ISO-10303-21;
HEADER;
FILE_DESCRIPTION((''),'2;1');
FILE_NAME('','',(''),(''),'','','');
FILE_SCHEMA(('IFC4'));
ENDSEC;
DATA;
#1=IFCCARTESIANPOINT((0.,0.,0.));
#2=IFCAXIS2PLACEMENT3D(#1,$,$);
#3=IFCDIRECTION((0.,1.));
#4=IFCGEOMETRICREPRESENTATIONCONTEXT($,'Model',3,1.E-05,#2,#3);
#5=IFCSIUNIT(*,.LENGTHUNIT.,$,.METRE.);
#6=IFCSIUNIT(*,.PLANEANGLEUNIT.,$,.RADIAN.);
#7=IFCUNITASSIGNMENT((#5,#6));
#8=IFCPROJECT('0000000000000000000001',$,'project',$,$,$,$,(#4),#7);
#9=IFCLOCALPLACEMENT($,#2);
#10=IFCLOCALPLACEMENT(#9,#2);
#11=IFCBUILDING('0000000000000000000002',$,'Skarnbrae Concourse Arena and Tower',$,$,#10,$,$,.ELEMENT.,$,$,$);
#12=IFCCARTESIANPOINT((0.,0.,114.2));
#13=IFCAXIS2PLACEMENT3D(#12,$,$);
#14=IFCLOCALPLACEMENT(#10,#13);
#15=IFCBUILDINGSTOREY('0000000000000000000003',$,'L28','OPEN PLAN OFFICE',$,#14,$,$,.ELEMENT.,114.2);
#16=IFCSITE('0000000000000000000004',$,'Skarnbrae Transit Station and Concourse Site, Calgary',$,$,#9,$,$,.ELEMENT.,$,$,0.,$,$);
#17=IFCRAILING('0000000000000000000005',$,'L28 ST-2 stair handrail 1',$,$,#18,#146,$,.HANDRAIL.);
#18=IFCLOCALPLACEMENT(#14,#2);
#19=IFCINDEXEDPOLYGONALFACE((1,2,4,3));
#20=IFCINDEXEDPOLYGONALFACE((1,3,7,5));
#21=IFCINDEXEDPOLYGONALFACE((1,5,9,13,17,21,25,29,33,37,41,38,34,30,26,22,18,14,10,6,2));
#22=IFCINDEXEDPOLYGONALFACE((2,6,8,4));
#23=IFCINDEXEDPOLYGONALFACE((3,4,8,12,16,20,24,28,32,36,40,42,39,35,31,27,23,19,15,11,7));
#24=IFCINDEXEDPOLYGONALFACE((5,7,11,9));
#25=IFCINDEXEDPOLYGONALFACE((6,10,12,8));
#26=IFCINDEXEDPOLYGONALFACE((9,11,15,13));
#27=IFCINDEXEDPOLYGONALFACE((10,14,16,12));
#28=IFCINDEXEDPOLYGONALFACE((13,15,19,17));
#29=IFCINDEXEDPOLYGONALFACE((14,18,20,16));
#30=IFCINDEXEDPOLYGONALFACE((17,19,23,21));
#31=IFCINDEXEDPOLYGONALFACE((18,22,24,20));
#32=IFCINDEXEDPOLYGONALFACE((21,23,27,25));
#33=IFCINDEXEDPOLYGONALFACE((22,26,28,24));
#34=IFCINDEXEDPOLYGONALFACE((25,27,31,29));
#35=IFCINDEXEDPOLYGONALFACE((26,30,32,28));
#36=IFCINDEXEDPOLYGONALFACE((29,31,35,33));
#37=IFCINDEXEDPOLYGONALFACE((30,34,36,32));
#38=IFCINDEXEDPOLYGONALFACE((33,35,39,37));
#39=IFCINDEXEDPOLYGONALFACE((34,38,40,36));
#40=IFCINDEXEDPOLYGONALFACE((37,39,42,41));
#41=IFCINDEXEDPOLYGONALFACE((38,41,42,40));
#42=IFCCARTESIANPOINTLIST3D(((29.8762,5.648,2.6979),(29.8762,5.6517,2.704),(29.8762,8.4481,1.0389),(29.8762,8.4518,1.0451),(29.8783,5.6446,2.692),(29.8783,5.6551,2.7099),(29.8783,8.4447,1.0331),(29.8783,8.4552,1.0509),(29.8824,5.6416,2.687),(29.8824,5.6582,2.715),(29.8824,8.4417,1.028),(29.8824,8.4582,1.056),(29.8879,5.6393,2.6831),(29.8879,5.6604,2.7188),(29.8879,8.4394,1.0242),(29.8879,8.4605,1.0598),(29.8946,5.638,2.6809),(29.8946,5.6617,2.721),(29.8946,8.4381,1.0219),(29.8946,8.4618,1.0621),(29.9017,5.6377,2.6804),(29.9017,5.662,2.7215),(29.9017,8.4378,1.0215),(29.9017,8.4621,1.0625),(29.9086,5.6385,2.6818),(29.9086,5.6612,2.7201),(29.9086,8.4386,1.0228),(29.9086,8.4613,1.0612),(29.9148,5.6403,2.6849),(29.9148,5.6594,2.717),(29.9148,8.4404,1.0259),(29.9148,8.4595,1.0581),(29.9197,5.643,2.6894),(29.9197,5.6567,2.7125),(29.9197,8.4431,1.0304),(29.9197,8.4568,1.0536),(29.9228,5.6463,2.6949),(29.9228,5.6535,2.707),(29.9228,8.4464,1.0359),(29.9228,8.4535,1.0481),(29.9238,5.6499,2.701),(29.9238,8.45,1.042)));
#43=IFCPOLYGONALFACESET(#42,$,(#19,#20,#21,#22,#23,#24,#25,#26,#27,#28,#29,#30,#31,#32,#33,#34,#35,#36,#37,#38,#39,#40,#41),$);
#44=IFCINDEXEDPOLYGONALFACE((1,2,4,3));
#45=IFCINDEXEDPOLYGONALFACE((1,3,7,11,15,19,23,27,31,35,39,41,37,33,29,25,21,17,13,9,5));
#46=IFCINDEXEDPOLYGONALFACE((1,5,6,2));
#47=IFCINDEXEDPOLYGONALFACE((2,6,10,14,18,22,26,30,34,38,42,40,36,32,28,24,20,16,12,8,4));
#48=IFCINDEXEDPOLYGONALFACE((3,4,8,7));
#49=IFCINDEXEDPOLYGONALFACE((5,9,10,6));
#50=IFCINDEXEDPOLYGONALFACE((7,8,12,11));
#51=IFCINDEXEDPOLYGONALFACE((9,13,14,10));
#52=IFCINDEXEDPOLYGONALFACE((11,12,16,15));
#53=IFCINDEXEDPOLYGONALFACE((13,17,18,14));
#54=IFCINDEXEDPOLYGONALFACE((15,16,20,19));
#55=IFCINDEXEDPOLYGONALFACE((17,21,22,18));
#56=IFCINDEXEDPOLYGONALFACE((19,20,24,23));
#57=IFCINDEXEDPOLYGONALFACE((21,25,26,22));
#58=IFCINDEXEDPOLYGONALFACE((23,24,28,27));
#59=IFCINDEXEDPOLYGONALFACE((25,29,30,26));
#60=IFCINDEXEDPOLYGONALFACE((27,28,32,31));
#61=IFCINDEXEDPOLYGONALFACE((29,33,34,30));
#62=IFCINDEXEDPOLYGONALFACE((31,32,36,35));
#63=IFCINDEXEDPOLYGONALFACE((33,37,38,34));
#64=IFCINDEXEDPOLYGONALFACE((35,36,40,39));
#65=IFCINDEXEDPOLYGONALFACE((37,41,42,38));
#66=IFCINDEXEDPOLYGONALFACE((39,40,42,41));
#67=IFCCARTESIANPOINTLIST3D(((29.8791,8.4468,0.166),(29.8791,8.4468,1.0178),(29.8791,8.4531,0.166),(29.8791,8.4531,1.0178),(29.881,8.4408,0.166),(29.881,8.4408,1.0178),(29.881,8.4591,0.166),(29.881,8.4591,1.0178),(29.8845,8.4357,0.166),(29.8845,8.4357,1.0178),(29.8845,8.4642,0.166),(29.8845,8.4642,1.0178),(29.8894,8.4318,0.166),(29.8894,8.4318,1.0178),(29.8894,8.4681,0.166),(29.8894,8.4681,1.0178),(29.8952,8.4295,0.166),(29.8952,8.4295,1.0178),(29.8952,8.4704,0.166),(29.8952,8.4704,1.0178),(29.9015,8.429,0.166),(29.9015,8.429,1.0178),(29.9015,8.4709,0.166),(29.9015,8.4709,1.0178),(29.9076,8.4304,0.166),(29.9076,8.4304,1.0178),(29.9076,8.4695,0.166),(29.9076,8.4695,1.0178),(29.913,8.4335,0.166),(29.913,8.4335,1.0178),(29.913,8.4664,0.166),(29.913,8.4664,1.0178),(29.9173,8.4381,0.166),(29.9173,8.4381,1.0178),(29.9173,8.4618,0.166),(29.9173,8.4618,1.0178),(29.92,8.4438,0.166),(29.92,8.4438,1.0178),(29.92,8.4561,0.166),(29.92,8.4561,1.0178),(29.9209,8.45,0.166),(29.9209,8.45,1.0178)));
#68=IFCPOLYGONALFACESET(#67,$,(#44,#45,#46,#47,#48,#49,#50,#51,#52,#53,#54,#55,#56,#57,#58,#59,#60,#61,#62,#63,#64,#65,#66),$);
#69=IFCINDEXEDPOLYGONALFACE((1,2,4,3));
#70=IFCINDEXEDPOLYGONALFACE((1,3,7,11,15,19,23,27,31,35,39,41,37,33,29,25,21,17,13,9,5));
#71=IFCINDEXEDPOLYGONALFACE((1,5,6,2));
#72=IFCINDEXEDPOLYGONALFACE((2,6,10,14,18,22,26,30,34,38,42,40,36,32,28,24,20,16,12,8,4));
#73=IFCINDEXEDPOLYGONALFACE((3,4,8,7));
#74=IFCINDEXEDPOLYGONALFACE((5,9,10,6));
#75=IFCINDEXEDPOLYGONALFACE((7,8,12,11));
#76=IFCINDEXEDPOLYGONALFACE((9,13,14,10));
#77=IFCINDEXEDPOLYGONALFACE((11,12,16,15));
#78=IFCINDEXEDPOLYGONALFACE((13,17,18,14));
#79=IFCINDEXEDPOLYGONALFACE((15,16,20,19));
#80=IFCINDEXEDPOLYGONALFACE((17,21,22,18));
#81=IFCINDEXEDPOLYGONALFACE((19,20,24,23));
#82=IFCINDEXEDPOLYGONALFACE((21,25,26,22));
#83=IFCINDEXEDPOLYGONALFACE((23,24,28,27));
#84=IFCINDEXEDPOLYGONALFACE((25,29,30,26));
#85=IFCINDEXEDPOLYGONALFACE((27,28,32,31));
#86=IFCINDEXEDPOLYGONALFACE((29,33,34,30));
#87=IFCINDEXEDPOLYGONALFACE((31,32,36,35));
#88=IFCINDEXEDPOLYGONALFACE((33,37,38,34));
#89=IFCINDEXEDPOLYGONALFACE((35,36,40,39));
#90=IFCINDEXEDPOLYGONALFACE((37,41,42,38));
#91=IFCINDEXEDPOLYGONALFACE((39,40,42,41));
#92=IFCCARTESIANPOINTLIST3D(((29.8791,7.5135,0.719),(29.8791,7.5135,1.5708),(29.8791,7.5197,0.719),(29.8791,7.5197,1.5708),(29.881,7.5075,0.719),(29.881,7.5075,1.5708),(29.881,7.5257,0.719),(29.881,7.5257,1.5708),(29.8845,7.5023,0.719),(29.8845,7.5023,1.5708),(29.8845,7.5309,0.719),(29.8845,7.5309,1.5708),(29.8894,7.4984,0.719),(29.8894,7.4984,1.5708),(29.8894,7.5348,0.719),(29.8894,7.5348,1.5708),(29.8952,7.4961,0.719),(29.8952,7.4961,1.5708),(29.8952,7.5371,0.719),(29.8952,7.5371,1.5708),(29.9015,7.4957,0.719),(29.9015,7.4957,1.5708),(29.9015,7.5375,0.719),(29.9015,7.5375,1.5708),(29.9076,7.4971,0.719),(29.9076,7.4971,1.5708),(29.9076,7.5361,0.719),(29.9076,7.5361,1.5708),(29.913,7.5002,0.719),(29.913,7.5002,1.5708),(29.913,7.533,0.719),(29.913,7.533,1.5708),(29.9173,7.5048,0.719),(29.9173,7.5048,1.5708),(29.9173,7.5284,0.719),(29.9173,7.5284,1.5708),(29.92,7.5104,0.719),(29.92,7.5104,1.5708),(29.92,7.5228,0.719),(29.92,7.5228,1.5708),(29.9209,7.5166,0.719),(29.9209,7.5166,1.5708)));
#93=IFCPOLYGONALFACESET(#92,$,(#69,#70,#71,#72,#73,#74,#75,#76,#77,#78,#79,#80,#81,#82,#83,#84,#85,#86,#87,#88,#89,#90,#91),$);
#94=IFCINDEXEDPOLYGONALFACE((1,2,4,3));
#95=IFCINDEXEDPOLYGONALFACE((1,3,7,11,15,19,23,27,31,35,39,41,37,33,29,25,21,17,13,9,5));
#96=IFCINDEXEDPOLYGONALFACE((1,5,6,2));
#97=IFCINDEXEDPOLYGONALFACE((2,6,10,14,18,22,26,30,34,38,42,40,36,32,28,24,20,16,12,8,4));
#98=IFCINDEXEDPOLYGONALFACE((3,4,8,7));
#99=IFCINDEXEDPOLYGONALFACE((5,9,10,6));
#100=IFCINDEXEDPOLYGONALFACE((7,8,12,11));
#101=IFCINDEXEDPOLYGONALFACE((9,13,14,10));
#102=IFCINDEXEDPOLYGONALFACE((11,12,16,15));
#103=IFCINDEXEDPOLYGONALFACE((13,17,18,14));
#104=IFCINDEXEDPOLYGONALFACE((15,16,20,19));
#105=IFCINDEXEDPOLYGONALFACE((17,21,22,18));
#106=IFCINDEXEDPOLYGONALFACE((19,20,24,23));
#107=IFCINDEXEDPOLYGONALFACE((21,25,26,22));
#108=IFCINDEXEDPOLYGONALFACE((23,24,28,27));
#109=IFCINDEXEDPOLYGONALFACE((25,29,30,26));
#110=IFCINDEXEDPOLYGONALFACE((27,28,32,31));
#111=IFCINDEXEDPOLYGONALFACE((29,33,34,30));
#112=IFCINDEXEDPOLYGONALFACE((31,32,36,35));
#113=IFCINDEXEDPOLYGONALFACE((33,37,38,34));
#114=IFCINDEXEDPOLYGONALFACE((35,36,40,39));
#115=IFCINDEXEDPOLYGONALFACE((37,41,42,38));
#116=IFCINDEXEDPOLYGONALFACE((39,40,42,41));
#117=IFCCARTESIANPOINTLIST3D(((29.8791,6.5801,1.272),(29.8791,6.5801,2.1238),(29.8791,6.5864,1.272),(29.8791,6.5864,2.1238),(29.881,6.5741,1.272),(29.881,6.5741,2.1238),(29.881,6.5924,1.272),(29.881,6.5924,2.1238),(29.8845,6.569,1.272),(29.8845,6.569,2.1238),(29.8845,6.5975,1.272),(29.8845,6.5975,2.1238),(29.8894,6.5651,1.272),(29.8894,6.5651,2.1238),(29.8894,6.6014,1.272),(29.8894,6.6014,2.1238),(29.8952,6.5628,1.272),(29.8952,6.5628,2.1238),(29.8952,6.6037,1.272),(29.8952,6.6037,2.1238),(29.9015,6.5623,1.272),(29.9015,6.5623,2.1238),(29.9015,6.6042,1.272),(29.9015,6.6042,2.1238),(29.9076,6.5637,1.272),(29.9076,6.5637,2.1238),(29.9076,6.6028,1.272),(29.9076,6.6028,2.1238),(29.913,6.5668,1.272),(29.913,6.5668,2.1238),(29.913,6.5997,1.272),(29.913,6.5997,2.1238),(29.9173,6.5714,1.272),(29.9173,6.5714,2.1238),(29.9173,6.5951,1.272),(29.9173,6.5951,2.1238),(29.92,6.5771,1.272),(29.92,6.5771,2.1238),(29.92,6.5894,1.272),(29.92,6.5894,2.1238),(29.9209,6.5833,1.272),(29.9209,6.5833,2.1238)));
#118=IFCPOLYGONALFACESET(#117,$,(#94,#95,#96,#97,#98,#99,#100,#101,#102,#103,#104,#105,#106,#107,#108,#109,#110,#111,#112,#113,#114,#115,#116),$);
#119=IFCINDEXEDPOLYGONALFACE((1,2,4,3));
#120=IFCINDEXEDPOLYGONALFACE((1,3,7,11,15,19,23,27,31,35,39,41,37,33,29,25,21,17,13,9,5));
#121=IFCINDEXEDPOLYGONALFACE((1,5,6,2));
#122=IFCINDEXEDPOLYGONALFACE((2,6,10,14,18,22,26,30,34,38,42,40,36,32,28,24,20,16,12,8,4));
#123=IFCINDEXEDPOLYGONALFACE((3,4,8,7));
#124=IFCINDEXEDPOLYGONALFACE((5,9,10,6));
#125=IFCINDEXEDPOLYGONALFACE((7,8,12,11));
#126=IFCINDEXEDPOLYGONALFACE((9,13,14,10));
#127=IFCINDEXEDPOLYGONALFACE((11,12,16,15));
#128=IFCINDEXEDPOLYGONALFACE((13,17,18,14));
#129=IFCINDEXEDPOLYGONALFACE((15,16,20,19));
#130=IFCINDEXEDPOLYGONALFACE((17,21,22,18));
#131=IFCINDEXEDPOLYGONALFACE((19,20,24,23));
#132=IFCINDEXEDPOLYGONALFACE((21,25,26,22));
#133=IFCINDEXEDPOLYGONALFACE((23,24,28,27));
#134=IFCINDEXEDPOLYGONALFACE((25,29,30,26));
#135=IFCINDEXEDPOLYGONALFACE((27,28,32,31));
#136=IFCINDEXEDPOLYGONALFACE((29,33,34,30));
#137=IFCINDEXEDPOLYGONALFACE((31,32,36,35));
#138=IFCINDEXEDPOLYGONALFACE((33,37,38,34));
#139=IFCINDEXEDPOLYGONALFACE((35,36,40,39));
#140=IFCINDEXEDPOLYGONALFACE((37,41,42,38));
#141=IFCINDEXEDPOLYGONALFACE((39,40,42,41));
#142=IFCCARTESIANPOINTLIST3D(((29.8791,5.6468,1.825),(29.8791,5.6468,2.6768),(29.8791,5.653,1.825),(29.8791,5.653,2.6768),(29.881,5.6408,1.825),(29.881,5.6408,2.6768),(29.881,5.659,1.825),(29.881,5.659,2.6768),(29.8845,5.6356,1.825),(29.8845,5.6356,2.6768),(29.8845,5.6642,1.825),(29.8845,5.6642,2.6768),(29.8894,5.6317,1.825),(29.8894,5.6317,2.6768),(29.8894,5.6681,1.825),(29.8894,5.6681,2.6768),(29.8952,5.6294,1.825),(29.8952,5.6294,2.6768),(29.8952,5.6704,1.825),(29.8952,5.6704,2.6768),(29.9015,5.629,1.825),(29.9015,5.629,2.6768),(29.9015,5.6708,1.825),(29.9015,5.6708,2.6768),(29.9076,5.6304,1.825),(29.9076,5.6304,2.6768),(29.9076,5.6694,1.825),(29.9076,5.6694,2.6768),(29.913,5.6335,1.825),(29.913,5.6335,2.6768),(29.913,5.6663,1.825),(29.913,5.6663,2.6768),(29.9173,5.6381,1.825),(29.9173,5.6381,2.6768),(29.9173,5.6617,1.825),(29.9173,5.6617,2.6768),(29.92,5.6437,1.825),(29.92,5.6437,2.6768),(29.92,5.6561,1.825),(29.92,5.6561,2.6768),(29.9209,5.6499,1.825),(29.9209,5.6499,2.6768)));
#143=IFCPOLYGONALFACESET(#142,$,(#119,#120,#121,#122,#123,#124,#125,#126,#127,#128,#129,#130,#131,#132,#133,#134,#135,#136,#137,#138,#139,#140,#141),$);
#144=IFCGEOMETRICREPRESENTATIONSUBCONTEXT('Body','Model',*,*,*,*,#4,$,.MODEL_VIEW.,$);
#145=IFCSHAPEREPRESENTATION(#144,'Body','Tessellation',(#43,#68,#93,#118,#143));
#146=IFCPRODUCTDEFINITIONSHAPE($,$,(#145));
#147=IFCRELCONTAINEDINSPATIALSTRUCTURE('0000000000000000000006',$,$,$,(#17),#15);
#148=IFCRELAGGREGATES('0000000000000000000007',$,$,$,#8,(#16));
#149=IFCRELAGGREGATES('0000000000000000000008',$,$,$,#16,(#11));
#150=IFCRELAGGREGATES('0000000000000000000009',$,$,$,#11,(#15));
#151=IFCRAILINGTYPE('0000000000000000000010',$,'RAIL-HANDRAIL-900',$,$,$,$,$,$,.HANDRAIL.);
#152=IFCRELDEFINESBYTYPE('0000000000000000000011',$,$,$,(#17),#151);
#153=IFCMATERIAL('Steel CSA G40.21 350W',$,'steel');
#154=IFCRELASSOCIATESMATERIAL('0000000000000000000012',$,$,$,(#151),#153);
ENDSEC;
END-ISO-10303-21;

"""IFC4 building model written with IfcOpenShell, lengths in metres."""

from ifc_helpers import new_model, si_unit, direction, frame, origin, origin_2d, place, context, subcontext, project, spatial, circle, extrude, material, type_object, element, save


model = new_model("IFC4")

# Units and contexts
model_context = context("Model", 3, precision=1e-05, world=origin(), true_north=direction((0.0, 1.0)))
body_context = subcontext(model_context, "Body", "Model", "MODEL_VIEW")
ifc_project = project(units=[si_unit("LENGTHUNIT", "METRE"), si_unit("PLANEANGLEUNIT", "RADIAN")], contexts=[model_context])

# Site, building, storey
site_placement = place(None, origin())
site = spatial("IfcSite", under=ifc_project, at=site_placement, Name="Skarnbrae Transit Station and Concourse Site, Calgary", CompositionType="ELEMENT", RefElevation=0.0)
building_placement = place(site_placement, origin())
building = spatial("IfcBuilding", under=site, at=building_placement, Name="Skarnbrae Concourse Arena and Tower", CompositionType="ELEMENT")
storey_placement = place(building_placement, frame((0.0, 0.0, 114.2)))
storey = spatial("IfcBuildingStorey", under=building, at=storey_placement, Name="L28", Description="OPEN PLAN OFFICE", CompositionType="ELEMENT", Elevation=114.2)

# Railing
ifc_material_1 = material(Name="Steel CSA G40.21 350W", Category="steel")
railing_type_1 = type_object("IfcRailingType", Name="RAIL-HANDRAIL-900", PredefinedType="HANDRAIL", material=ifc_material_1)
railing_1_placement = place(storey_placement, frame((29.8999, 8.45, 0.166)))
element("IfcRailing", 1, at=railing_1_placement, inside=storey, type_object=railing_type_1, Name="L28 ST-2 stair handrail 1", PredefinedType="HANDRAIL", context=body_context, shape_type="SweptSolid", body=[
    extrude(circle(Radius=0.0239, at=origin_2d()), frame((0.0, 0.0, 0.876), z_axis=(0.0, -0.860339, 0.509722), x_axis=(1.0, 0.0, 0.0)), (0.0, 0.0, 1.0), 3.2546),
    extrude(circle(Radius=0.021, at=origin_2d()), origin(), (0.0, 0.0, 1.0), 0.8518),
    extrude(circle(Radius=0.021, at=origin_2d()), frame((0.0, -0.9333, 0.553)), (0.0, 0.0, 1.0), 0.8518),
    extrude(circle(Radius=0.021, at=origin_2d()), frame((0.0, -1.8667, 1.106)), (0.0, 0.0, 1.0), 0.8518),
    extrude(circle(Radius=0.021, at=origin_2d()), frame((0.0, -2.8, 1.6589)), (0.0, 0.0, 1.0), 0.8518),
])

save(model, "model.ifc")
